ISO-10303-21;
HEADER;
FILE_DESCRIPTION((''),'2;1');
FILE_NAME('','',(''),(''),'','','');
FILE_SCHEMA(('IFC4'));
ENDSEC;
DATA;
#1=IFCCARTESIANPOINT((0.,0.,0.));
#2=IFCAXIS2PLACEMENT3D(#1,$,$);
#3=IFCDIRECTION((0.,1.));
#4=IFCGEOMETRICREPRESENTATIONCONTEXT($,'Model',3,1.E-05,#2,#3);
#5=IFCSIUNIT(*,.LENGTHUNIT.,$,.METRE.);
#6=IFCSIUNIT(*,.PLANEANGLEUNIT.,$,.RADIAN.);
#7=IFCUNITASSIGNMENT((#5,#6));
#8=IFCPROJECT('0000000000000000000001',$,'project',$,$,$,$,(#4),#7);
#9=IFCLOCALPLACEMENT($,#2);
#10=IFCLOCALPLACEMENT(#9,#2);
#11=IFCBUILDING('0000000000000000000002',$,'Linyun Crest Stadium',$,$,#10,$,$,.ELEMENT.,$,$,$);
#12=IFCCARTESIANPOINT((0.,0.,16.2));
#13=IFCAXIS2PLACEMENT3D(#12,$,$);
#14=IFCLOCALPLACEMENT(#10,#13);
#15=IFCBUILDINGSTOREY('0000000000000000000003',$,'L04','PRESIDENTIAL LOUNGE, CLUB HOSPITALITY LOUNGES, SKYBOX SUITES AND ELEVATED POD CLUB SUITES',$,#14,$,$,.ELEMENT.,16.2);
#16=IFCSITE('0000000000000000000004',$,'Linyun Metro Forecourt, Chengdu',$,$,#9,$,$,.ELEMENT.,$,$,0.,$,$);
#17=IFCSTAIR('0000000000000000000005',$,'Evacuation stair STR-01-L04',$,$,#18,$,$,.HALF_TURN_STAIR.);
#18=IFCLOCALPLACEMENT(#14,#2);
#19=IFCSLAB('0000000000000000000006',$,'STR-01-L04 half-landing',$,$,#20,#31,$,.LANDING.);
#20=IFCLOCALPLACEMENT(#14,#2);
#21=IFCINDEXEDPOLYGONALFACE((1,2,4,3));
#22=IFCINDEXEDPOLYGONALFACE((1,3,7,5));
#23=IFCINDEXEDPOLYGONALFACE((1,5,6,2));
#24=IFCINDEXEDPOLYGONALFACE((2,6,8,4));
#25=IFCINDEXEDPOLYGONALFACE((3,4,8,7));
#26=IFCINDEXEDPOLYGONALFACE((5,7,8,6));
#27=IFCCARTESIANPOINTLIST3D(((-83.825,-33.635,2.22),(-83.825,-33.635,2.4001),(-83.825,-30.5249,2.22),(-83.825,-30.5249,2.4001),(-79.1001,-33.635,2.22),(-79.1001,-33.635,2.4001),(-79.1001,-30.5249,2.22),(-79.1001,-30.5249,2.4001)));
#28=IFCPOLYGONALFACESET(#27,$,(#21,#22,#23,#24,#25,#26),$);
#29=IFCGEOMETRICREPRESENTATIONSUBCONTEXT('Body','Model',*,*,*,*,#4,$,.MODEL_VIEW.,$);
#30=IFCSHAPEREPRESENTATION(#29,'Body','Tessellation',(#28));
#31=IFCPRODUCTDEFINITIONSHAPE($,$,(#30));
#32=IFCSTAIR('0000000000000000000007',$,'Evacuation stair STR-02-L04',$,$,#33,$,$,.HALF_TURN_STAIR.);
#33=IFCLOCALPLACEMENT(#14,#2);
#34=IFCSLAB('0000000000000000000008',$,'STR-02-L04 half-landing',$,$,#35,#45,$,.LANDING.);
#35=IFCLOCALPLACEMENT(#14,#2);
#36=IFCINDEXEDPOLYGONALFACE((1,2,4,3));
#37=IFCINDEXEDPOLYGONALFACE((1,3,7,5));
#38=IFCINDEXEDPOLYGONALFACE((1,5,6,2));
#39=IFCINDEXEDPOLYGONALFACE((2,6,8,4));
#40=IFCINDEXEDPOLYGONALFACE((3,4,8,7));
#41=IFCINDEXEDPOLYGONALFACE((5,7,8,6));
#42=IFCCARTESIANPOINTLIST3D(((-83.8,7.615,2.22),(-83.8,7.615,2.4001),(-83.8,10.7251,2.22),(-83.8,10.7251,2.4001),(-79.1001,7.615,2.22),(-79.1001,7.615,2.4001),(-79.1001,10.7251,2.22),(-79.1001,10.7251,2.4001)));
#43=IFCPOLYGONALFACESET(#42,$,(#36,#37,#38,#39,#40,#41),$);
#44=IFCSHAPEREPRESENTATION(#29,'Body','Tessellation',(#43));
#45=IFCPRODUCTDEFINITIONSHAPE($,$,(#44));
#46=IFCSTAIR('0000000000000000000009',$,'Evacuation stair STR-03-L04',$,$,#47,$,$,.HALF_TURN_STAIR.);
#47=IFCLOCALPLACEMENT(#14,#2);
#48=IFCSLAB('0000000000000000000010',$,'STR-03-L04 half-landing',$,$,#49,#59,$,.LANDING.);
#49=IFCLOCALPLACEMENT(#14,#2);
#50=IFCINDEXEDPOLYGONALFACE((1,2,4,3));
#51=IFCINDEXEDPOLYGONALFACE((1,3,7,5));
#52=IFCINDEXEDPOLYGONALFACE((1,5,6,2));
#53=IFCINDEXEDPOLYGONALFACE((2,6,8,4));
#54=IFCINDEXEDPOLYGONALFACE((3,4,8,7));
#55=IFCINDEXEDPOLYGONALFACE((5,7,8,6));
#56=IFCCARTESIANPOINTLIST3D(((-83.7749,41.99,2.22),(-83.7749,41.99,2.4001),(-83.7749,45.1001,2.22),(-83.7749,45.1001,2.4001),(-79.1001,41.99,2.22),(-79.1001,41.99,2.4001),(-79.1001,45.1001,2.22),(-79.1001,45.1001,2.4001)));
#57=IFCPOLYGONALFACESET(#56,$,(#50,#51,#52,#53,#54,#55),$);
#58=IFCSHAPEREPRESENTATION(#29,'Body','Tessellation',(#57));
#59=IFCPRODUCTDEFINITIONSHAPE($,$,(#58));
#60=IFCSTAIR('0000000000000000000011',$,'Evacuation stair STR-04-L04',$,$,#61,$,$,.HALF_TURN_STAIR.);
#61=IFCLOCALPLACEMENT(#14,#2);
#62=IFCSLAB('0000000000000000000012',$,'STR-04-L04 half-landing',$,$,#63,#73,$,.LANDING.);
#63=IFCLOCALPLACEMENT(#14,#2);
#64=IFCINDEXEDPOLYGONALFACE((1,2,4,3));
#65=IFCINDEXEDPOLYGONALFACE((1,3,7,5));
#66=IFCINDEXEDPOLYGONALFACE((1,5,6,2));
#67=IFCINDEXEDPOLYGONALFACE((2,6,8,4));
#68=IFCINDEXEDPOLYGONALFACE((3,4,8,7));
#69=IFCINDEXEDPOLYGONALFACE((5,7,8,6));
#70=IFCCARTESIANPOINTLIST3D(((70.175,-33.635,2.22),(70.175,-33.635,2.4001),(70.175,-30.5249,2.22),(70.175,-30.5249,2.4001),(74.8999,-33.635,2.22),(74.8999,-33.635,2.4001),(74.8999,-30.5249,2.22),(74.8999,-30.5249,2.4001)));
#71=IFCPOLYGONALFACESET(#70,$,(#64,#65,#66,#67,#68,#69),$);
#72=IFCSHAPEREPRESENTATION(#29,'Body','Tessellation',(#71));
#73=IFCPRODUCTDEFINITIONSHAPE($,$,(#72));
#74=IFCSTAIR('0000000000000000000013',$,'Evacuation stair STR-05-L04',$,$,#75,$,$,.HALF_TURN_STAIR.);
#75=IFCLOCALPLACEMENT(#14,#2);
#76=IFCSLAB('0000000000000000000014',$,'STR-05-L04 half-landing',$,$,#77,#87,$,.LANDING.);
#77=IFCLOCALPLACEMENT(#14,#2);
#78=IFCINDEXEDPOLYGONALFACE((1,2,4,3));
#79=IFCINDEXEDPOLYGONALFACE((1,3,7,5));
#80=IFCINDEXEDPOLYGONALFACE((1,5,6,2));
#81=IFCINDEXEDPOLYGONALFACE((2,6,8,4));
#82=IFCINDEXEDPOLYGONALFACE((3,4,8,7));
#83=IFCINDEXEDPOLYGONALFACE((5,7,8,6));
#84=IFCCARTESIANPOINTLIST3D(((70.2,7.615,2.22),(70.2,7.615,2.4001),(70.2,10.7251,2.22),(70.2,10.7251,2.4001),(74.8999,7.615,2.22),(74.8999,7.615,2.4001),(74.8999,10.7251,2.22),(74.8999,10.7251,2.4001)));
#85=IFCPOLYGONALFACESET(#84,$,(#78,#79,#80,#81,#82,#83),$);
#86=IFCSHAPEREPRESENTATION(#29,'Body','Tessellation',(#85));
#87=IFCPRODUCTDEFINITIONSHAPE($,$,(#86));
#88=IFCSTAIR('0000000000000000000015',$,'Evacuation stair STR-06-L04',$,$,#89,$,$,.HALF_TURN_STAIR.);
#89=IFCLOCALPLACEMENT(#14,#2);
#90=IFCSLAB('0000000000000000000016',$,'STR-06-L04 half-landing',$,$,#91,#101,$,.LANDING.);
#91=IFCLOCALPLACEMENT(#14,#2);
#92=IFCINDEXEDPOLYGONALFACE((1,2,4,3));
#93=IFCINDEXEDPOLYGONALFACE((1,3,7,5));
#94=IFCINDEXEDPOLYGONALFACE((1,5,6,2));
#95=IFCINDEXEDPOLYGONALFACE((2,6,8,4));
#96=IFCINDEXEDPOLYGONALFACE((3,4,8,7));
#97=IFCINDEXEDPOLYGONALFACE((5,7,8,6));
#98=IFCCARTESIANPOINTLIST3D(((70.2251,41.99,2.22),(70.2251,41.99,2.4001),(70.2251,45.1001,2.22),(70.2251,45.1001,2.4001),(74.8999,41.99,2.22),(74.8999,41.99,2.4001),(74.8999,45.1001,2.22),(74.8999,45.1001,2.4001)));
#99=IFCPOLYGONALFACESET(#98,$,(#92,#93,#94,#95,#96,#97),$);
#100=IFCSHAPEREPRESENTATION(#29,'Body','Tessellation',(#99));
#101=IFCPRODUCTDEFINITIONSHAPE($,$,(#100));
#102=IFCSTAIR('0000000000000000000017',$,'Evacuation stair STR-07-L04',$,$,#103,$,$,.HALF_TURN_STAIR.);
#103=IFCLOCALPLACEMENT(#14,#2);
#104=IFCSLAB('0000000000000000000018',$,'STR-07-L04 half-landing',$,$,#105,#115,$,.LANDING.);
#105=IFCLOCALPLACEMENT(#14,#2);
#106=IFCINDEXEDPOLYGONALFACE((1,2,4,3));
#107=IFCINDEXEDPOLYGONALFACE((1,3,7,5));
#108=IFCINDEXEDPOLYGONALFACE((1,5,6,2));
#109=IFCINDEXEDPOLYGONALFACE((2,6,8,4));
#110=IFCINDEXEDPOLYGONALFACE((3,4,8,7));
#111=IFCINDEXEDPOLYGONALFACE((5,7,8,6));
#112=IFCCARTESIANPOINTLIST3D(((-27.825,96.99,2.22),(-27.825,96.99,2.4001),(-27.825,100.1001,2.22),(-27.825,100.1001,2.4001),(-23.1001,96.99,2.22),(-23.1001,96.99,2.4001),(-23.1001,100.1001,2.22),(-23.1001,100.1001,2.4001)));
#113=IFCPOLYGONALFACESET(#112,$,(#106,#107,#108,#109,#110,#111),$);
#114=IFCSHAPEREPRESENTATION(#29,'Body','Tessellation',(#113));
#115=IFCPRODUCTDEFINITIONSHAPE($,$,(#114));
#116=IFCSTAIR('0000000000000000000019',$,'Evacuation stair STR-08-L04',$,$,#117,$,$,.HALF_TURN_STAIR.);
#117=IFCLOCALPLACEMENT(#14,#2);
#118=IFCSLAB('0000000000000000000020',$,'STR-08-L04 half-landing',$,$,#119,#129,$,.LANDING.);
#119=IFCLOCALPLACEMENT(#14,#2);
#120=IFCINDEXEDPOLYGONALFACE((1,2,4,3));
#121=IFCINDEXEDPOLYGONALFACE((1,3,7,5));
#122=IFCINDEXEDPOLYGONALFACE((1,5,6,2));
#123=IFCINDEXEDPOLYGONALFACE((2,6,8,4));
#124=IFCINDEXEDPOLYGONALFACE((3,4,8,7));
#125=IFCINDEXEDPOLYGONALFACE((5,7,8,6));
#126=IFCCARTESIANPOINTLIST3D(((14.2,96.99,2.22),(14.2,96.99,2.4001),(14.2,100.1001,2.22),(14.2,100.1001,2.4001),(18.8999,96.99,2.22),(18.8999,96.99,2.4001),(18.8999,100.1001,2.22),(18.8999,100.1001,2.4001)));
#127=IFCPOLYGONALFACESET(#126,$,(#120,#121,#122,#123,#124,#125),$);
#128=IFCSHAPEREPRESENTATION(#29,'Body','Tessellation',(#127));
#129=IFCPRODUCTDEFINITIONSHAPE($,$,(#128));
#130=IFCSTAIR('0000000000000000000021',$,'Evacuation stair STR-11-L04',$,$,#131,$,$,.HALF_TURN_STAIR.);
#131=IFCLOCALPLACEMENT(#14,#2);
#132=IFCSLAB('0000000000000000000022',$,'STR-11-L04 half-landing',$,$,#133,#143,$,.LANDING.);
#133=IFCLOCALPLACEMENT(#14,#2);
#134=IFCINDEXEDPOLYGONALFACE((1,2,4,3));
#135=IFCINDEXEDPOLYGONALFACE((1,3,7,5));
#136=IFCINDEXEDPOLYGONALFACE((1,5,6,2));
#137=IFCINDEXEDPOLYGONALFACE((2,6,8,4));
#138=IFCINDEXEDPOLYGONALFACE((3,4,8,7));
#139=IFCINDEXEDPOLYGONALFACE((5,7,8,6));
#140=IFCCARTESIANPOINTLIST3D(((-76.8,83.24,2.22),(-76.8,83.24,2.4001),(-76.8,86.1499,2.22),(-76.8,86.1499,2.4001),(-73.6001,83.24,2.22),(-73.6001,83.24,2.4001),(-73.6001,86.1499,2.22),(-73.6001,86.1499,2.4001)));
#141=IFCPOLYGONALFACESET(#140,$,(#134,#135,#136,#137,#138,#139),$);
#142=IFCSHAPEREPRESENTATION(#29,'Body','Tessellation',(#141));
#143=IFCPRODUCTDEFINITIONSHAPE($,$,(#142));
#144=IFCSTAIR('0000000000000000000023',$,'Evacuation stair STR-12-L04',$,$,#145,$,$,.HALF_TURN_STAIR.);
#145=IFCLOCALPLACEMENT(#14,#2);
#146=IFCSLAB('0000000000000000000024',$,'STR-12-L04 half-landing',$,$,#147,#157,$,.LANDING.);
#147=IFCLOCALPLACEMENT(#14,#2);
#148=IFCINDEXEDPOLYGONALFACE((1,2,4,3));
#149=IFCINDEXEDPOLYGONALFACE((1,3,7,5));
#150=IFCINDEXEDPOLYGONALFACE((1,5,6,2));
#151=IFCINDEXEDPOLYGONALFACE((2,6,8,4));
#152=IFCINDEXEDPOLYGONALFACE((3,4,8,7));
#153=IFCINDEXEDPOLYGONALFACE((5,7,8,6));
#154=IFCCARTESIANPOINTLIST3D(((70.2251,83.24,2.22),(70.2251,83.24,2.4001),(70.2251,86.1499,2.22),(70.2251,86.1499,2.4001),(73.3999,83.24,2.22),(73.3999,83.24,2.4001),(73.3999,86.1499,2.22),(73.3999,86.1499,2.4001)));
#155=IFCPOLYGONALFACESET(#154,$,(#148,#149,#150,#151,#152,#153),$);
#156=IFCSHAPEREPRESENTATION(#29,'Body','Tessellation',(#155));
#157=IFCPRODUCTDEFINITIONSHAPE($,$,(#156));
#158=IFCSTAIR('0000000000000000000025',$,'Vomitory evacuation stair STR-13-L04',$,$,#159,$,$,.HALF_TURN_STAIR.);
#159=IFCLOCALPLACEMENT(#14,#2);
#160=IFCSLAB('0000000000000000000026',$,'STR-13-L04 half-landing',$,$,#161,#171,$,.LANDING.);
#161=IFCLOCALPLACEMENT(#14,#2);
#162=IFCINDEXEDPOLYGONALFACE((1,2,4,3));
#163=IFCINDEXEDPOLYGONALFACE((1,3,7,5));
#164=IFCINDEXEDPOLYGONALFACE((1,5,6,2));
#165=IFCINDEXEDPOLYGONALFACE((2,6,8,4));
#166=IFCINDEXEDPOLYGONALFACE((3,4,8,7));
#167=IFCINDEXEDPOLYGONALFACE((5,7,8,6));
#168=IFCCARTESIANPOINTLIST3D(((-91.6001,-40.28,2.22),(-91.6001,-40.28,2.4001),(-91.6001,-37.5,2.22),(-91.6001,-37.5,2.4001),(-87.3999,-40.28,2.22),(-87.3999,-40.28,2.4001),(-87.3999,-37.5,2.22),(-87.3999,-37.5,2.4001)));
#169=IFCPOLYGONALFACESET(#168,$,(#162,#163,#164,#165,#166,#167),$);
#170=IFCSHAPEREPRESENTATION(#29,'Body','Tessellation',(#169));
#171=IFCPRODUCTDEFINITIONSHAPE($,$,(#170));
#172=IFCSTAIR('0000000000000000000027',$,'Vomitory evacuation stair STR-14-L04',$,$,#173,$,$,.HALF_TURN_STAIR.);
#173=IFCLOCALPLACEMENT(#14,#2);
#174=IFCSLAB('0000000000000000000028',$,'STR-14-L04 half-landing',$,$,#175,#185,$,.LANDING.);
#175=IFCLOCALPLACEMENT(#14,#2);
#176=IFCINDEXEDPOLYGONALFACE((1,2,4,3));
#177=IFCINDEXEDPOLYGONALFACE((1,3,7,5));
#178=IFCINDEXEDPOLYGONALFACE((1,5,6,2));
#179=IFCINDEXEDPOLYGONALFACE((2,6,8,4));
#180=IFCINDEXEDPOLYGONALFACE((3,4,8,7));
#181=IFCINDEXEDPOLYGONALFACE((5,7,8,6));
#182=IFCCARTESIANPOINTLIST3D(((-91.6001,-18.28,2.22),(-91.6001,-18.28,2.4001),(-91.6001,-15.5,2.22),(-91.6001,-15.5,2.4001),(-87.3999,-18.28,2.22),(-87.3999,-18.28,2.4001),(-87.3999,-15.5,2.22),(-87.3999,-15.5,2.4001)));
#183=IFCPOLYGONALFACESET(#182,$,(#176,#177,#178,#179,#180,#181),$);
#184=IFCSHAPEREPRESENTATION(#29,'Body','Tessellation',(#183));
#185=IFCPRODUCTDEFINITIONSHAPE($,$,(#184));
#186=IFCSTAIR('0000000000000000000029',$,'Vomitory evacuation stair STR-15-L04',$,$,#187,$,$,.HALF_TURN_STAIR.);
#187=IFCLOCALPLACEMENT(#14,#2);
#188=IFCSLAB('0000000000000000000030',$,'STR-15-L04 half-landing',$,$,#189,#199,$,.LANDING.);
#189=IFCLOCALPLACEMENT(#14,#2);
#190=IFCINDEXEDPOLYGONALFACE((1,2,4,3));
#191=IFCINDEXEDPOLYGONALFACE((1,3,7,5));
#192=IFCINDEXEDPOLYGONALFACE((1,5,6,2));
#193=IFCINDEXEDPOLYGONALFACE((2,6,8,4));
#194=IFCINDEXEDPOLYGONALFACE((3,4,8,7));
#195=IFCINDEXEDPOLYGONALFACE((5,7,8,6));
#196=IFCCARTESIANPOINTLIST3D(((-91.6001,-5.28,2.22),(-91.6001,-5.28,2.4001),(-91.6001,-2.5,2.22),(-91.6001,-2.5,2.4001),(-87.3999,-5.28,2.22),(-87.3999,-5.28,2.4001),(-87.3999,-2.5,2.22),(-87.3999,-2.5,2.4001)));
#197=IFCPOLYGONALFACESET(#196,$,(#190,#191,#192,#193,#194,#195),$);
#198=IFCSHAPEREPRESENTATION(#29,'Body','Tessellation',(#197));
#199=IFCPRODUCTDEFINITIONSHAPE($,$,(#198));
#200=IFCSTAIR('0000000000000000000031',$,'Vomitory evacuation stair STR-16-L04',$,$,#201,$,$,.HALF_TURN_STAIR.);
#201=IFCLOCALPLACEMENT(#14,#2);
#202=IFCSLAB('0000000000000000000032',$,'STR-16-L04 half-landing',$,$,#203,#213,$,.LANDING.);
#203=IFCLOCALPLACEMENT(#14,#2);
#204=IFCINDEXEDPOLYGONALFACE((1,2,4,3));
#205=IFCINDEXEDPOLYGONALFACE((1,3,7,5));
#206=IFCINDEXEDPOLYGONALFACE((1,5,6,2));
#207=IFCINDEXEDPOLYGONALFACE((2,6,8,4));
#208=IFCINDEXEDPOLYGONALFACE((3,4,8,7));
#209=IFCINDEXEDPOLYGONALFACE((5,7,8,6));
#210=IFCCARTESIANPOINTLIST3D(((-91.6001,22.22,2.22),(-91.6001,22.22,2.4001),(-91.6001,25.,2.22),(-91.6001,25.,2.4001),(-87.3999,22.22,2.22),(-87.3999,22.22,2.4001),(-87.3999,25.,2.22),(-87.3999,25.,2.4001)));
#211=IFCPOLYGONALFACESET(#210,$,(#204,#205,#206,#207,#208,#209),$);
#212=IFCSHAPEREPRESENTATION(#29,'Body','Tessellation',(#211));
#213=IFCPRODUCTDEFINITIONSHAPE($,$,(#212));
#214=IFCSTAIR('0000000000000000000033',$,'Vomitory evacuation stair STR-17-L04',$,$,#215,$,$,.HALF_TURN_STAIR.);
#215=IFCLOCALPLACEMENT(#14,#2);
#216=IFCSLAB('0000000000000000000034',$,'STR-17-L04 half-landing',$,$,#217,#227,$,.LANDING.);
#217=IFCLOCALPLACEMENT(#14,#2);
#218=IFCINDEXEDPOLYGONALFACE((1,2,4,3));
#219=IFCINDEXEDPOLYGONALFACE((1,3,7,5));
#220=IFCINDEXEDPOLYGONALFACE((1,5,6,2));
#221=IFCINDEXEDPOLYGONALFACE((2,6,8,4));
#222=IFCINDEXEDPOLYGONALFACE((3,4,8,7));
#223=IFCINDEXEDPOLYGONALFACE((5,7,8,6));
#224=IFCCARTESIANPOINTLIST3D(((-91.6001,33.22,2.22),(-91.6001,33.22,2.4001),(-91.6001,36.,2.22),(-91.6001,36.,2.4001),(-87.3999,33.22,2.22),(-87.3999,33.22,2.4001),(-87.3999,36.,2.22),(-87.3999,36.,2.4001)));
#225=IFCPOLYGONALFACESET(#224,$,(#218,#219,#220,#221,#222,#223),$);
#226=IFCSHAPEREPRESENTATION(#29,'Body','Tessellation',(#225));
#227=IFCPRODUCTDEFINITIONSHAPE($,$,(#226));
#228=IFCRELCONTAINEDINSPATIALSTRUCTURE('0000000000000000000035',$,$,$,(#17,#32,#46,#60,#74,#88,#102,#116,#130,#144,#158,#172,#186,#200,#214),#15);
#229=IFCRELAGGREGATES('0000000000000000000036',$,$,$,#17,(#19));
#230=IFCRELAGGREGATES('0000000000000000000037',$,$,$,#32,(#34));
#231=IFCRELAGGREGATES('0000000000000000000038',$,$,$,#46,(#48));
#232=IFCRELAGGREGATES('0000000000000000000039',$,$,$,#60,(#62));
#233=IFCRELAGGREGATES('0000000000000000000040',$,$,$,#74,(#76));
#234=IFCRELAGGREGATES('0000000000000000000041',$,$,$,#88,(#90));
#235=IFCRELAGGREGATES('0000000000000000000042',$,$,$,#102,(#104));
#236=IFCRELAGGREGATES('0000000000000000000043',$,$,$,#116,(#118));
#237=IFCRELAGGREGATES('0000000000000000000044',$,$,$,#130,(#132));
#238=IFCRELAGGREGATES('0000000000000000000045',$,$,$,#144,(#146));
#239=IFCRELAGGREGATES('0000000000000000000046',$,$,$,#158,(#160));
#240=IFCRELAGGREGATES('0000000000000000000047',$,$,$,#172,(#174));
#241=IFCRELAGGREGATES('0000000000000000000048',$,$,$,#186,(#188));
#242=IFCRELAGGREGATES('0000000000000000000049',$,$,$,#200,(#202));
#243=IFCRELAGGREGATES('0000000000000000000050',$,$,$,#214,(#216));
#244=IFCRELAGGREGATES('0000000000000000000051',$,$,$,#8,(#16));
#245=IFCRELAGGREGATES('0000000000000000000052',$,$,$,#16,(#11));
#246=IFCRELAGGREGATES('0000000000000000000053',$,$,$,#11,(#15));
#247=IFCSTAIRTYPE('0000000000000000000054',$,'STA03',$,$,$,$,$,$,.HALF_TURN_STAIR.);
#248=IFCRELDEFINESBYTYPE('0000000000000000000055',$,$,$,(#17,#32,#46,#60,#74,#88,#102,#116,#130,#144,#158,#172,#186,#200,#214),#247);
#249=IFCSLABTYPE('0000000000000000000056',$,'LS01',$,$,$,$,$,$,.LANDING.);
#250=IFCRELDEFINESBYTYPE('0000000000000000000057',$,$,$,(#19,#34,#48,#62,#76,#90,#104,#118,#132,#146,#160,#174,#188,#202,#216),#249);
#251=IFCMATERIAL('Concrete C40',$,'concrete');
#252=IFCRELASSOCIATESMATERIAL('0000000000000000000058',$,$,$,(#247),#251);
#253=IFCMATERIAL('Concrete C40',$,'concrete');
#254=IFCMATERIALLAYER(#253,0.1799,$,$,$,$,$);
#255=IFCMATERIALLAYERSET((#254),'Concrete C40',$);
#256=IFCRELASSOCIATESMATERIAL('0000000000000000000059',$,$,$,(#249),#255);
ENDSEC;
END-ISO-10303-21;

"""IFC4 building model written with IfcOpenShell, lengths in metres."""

from ifc_helpers import new_model, si_unit, direction, frame, origin, place, context, subcontext, project, spatial, polyline, outline, extrude, material, layer, layer_set, type_object, element, aggregate, save


model = new_model("IFC4")

# Units and contexts
model_context = context("Model", 3, precision=1e-05, world=origin(), true_north=direction((0.0, 1.0)))
body_context = subcontext(model_context, "Body", "Model", "MODEL_VIEW")
ifc_project = project(units=[si_unit("LENGTHUNIT", "METRE"), si_unit("PLANEANGLEUNIT", "RADIAN")], contexts=[model_context])

# Site, building, storey
site_placement = place(None, origin())
site = spatial("IfcSite", under=ifc_project, at=site_placement, Name="Linyun Metro Forecourt, Chengdu", CompositionType="ELEMENT", RefElevation=0.0)
building_placement = place(site_placement, origin())
building = spatial("IfcBuilding", under=site, at=building_placement, Name="Linyun Crest Stadium", CompositionType="ELEMENT")
storey_placement = place(building_placement, frame((0.0, 0.0, 16.2)))
storey = spatial("IfcBuildingStorey", under=building, at=storey_placement, Name="L04", Description="PRESIDENTIAL LOUNGE, CLUB HOSPITALITY LOUNGES, SKYBOX SUITES AND ELEVATED POD CLUB SUITES", CompositionType="ELEMENT", Elevation=16.2)

# Stairs, slabs
ifc_material_1 = material(Name="Concrete C40", Category="concrete")
stair_type = type_object("IfcStairType", Name="STA03", PredefinedType="HALF_TURN_STAIR", material=ifc_material_1)
stair_1_placement = place(storey_placement, origin())
stair_1 = element("IfcStair", 1, at=stair_1_placement, inside=storey, type_object=stair_type, Name="Evacuation stair STR-01-L04", PredefinedType="HALF_TURN_STAIR")
ifc_material_2 = material(Name="Concrete C40", Category="concrete")
ifc_layer_1 = layer(ifc_material_2, 0.1799)
ifc_layer_set_1 = layer_set([ifc_layer_1], Name="Concrete C40")
slab_type = type_object("IfcSlabType", Name="LS01", PredefinedType="LANDING", material=ifc_layer_set_1)
slab_1_placement = place(storey_placement, frame((0.0, 0.0, 2.22)))
slab_1 = element("IfcSlab", 2, at=slab_1_placement, type_object=slab_type, Name="STR-01-L04 half-landing", PredefinedType="LANDING", context=body_context, shape_type="SweptSolid", body=[
    extrude(outline(polyline([(-83.825, -33.635), (-79.1001, -33.635), (-79.1001, -30.5249), (-83.825, -30.5249), (-83.825, -33.635)])), origin(), (0.0, 0.0, 1.0), 0.1802),
])
aggregate(stair_1, [slab_1])
stair_2_placement = place(storey_placement, origin())
stair_2 = element("IfcStair", 3, at=stair_2_placement, inside=storey, type_object=stair_type, Name="Evacuation stair STR-02-L04", PredefinedType="HALF_TURN_STAIR")
slab_2_placement = place(storey_placement, frame((0.0, 0.0, 2.22)))
slab_2 = element("IfcSlab", 4, at=slab_2_placement, type_object=slab_type, Name="STR-02-L04 half-landing", PredefinedType="LANDING", context=body_context, shape_type="SweptSolid", body=[
    extrude(outline(polyline([(-83.8, 7.615), (-79.1001, 7.615), (-79.1001, 10.7251), (-83.8, 10.7251), (-83.8, 7.615)])), origin(), (0.0, 0.0, 1.0), 0.1802),
])
aggregate(stair_2, [slab_2])
stair_3_placement = place(storey_placement, origin())
stair_3 = element("IfcStair", 5, at=stair_3_placement, inside=storey, type_object=stair_type, Name="Evacuation stair STR-03-L04", PredefinedType="HALF_TURN_STAIR")
slab_3_placement = place(storey_placement, frame((0.0, 0.0, 2.22)))
slab_3 = element("IfcSlab", 6, at=slab_3_placement, type_object=slab_type, Name="STR-03-L04 half-landing", PredefinedType="LANDING", context=body_context, shape_type="SweptSolid", body=[
    extrude(outline(polyline([(-83.7749, 41.99), (-79.1001, 41.99), (-79.1001, 45.1001), (-83.7749, 45.1001), (-83.7749, 41.99)])), origin(), (0.0, 0.0, 1.0), 0.1802),
])
aggregate(stair_3, [slab_3])
stair_4_placement = place(storey_placement, origin())
stair_4 = element("IfcStair", 7, at=stair_4_placement, inside=storey, type_object=stair_type, Name="Evacuation stair STR-04-L04", PredefinedType="HALF_TURN_STAIR")
slab_4_placement = place(storey_placement, frame((0.0, 0.0, 2.22)))
slab_4 = element("IfcSlab", 8, at=slab_4_placement, type_object=slab_type, Name="STR-04-L04 half-landing", PredefinedType="LANDING", context=body_context, shape_type="SweptSolid", body=[
    extrude(outline(polyline([(70.175, -33.635), (74.8999, -33.635), (74.8999, -30.5249), (70.175, -30.5249), (70.175, -33.635)])), origin(), (0.0, 0.0, 1.0), 0.1802),
])
aggregate(stair_4, [slab_4])
stair_5_placement = place(storey_placement, origin())
stair_5 = element("IfcStair", 9, at=stair_5_placement, inside=storey, type_object=stair_type, Name="Evacuation stair STR-05-L04", PredefinedType="HALF_TURN_STAIR")
slab_5_placement = place(storey_placement, frame((0.0, 0.0, 2.22)))
slab_5 = element("IfcSlab", 10, at=slab_5_placement, type_object=slab_type, Name="STR-05-L04 half-landing", PredefinedType="LANDING", context=body_context, shape_type="SweptSolid", body=[
    extrude(outline(polyline([(70.2, 7.615), (74.8999, 7.615), (74.8999, 10.7251), (70.2, 10.7251), (70.2, 7.615)])), origin(), (0.0, 0.0, 1.0), 0.1802),
])
aggregate(stair_5, [slab_5])
stair_6_placement = place(storey_placement, origin())
stair_6 = element("IfcStair", 11, at=stair_6_placement, inside=storey, type_object=stair_type, Name="Evacuation stair STR-06-L04", PredefinedType="HALF_TURN_STAIR")
slab_6_placement = place(storey_placement, frame((0.0, 0.0, 2.22)))
slab_6 = element("IfcSlab", 12, at=slab_6_placement, type_object=slab_type, Name="STR-06-L04 half-landing", PredefinedType="LANDING", context=body_context, shape_type="SweptSolid", body=[
    extrude(outline(polyline([(70.2251, 41.99), (74.8999, 41.99), (74.8999, 45.1001), (70.2251, 45.1001), (70.2251, 41.99)])), origin(), (0.0, 0.0, 1.0), 0.1802),
])
aggregate(stair_6, [slab_6])
stair_7_placement = place(storey_placement, origin())
stair_7 = element("IfcStair", 13, at=stair_7_placement, inside=storey, type_object=stair_type, Name="Evacuation stair STR-07-L04", PredefinedType="HALF_TURN_STAIR")
slab_7_placement = place(storey_placement, frame((0.0, 0.0, 2.22)))
slab_7 = element("IfcSlab", 14, at=slab_7_placement, type_object=slab_type, Name="STR-07-L04 half-landing", PredefinedType="LANDING", context=body_context, shape_type="SweptSolid", body=[
    extrude(outline(polyline([(-27.825, 96.99), (-23.1001, 96.99), (-23.1001, 100.1001), (-27.825, 100.1001), (-27.825, 96.99)])), origin(), (0.0, 0.0, 1.0), 0.1802),
])
aggregate(stair_7, [slab_7])
stair_8_placement = place(storey_placement, origin())
stair_8 = element("IfcStair", 15, at=stair_8_placement, inside=storey, type_object=stair_type, Name="Evacuation stair STR-08-L04", PredefinedType="HALF_TURN_STAIR")
slab_8_placement = place(storey_placement, frame((0.0, 0.0, 2.22)))
slab_8 = element("IfcSlab", 16, at=slab_8_placement, type_object=slab_type, Name="STR-08-L04 half-landing", PredefinedType="LANDING", context=body_context, shape_type="SweptSolid", body=[
    extrude(outline(polyline([(14.2, 96.99), (18.8999, 96.99), (18.8999, 100.1001), (14.2, 100.1001), (14.2, 96.99)])), origin(), (0.0, 0.0, 1.0), 0.1802),
])
aggregate(stair_8, [slab_8])
stair_9_placement = place(storey_placement, origin())
stair_9 = element("IfcStair", 17, at=stair_9_placement, inside=storey, type_object=stair_type, Name="Evacuation stair STR-11-L04", PredefinedType="HALF_TURN_STAIR")
slab_9_placement = place(storey_placement, frame((0.0, 0.0, 2.22)))
slab_9 = element("IfcSlab", 18, at=slab_9_placement, type_object=slab_type, Name="STR-11-L04 half-landing", PredefinedType="LANDING", context=body_context, shape_type="SweptSolid", body=[
    extrude(outline(polyline([(-76.8, 83.24), (-73.6001, 83.24), (-73.6001, 86.1499), (-76.8, 86.1499), (-76.8, 83.24)])), origin(), (0.0, 0.0, 1.0), 0.1802),
])
aggregate(stair_9, [slab_9])
stair_10_placement = place(storey_placement, origin())
stair_10 = element("IfcStair", 19, at=stair_10_placement, inside=storey, type_object=stair_type, Name="Evacuation stair STR-12-L04", PredefinedType="HALF_TURN_STAIR")
slab_10_placement = place(storey_placement, frame((0.0, 0.0, 2.22)))
slab_10 = element("IfcSlab", 20, at=slab_10_placement, type_object=slab_type, Name="STR-12-L04 half-landing", PredefinedType="LANDING", context=body_context, shape_type="SweptSolid", body=[
    extrude(outline(polyline([(70.2251, 83.24), (73.3999, 83.24), (73.3999, 86.1499), (70.2251, 86.1499), (70.2251, 83.24)])), origin(), (0.0, 0.0, 1.0), 0.1802),
])
aggregate(stair_10, [slab_10])
stair_11_placement = place(storey_placement, origin())
stair_11 = element("IfcStair", 21, at=stair_11_placement, inside=storey, type_object=stair_type, Name="Vomitory evacuation stair STR-13-L04", PredefinedType="HALF_TURN_STAIR")
slab_11_placement = place(storey_placement, frame((0.0, 0.0, 2.22)))
slab_11 = element("IfcSlab", 22, at=slab_11_placement, type_object=slab_type, Name="STR-13-L04 half-landing", PredefinedType="LANDING", context=body_context, shape_type="SweptSolid", body=[
    extrude(outline(polyline([(-91.6001, -40.28), (-87.3999, -40.28), (-87.3999, -37.5), (-91.6001, -37.5), (-91.6001, -40.28)])), origin(), (0.0, 0.0, 1.0), 0.1802),
])
aggregate(stair_11, [slab_11])
stair_12_placement = place(storey_placement, origin())
stair_12 = element("IfcStair", 23, at=stair_12_placement, inside=storey, type_object=stair_type, Name="Vomitory evacuation stair STR-14-L04", PredefinedType="HALF_TURN_STAIR")
slab_12_placement = place(storey_placement, frame((0.0, 0.0, 2.22)))
slab_12 = element("IfcSlab", 24, at=slab_12_placement, type_object=slab_type, Name="STR-14-L04 half-landing", PredefinedType="LANDING", context=body_context, shape_type="SweptSolid", body=[
    extrude(outline(polyline([(-91.6001, -18.28), (-87.3999, -18.28), (-87.3999, -15.5), (-91.6001, -15.5), (-91.6001, -18.28)])), origin(), (0.0, 0.0, 1.0), 0.1802),
])
aggregate(stair_12, [slab_12])
stair_13_placement = place(storey_placement, origin())
stair_13 = element("IfcStair", 25, at=stair_13_placement, inside=storey, type_object=stair_type, Name="Vomitory evacuation stair STR-15-L04", PredefinedType="HALF_TURN_STAIR")
slab_13_placement = place(storey_placement, frame((0.0, 0.0, 2.22)))
slab_13 = element("IfcSlab", 26, at=slab_13_placement, type_object=slab_type, Name="STR-15-L04 half-landing", PredefinedType="LANDING", context=body_context, shape_type="SweptSolid", body=[
    extrude(outline(polyline([(-91.6001, -5.28), (-87.3999, -5.28), (-87.3999, -2.5), (-91.6001, -2.5), (-91.6001, -5.28)])), origin(), (0.0, 0.0, 1.0), 0.1802),
])
aggregate(stair_13, [slab_13])
stair_14_placement = place(storey_placement, origin())
stair_14 = element("IfcStair", 27, at=stair_14_placement, inside=storey, type_object=stair_type, Name="Vomitory evacuation stair STR-16-L04", PredefinedType="HALF_TURN_STAIR")
slab_14_placement = place(storey_placement, frame((0.0, 0.0, 2.22)))
slab_14 = element("IfcSlab", 28, at=slab_14_placement, type_object=slab_type, Name="STR-16-L04 half-landing", PredefinedType="LANDING", context=body_context, shape_type="SweptSolid", body=[
    extrude(outline(polyline([(-91.6001, 22.22), (-87.3999, 22.22), (-87.3999, 25.0), (-91.6001, 25.0), (-91.6001, 22.22)])), origin(), (0.0, 0.0, 1.0), 0.1802),
])
aggregate(stair_14, [slab_14])
stair_15_placement = place(storey_placement, origin())
stair_15 = element("IfcStair", 29, at=stair_15_placement, inside=storey, type_object=stair_type, Name="Vomitory evacuation stair STR-17-L04", PredefinedType="HALF_TURN_STAIR")
slab_15_placement = place(storey_placement, frame((0.0, 0.0, 2.22)))
slab_15 = element("IfcSlab", 30, at=slab_15_placement, type_object=slab_type, Name="STR-17-L04 half-landing", PredefinedType="LANDING", context=body_context, shape_type="SweptSolid", body=[
    extrude(outline(polyline([(-91.6001, 33.22), (-87.3999, 33.22), (-87.3999, 36.0), (-91.6001, 36.0), (-91.6001, 33.22)])), origin(), (0.0, 0.0, 1.0), 0.1802),
])
aggregate(stair_15, [slab_15])

save(model, "model.ifc")
